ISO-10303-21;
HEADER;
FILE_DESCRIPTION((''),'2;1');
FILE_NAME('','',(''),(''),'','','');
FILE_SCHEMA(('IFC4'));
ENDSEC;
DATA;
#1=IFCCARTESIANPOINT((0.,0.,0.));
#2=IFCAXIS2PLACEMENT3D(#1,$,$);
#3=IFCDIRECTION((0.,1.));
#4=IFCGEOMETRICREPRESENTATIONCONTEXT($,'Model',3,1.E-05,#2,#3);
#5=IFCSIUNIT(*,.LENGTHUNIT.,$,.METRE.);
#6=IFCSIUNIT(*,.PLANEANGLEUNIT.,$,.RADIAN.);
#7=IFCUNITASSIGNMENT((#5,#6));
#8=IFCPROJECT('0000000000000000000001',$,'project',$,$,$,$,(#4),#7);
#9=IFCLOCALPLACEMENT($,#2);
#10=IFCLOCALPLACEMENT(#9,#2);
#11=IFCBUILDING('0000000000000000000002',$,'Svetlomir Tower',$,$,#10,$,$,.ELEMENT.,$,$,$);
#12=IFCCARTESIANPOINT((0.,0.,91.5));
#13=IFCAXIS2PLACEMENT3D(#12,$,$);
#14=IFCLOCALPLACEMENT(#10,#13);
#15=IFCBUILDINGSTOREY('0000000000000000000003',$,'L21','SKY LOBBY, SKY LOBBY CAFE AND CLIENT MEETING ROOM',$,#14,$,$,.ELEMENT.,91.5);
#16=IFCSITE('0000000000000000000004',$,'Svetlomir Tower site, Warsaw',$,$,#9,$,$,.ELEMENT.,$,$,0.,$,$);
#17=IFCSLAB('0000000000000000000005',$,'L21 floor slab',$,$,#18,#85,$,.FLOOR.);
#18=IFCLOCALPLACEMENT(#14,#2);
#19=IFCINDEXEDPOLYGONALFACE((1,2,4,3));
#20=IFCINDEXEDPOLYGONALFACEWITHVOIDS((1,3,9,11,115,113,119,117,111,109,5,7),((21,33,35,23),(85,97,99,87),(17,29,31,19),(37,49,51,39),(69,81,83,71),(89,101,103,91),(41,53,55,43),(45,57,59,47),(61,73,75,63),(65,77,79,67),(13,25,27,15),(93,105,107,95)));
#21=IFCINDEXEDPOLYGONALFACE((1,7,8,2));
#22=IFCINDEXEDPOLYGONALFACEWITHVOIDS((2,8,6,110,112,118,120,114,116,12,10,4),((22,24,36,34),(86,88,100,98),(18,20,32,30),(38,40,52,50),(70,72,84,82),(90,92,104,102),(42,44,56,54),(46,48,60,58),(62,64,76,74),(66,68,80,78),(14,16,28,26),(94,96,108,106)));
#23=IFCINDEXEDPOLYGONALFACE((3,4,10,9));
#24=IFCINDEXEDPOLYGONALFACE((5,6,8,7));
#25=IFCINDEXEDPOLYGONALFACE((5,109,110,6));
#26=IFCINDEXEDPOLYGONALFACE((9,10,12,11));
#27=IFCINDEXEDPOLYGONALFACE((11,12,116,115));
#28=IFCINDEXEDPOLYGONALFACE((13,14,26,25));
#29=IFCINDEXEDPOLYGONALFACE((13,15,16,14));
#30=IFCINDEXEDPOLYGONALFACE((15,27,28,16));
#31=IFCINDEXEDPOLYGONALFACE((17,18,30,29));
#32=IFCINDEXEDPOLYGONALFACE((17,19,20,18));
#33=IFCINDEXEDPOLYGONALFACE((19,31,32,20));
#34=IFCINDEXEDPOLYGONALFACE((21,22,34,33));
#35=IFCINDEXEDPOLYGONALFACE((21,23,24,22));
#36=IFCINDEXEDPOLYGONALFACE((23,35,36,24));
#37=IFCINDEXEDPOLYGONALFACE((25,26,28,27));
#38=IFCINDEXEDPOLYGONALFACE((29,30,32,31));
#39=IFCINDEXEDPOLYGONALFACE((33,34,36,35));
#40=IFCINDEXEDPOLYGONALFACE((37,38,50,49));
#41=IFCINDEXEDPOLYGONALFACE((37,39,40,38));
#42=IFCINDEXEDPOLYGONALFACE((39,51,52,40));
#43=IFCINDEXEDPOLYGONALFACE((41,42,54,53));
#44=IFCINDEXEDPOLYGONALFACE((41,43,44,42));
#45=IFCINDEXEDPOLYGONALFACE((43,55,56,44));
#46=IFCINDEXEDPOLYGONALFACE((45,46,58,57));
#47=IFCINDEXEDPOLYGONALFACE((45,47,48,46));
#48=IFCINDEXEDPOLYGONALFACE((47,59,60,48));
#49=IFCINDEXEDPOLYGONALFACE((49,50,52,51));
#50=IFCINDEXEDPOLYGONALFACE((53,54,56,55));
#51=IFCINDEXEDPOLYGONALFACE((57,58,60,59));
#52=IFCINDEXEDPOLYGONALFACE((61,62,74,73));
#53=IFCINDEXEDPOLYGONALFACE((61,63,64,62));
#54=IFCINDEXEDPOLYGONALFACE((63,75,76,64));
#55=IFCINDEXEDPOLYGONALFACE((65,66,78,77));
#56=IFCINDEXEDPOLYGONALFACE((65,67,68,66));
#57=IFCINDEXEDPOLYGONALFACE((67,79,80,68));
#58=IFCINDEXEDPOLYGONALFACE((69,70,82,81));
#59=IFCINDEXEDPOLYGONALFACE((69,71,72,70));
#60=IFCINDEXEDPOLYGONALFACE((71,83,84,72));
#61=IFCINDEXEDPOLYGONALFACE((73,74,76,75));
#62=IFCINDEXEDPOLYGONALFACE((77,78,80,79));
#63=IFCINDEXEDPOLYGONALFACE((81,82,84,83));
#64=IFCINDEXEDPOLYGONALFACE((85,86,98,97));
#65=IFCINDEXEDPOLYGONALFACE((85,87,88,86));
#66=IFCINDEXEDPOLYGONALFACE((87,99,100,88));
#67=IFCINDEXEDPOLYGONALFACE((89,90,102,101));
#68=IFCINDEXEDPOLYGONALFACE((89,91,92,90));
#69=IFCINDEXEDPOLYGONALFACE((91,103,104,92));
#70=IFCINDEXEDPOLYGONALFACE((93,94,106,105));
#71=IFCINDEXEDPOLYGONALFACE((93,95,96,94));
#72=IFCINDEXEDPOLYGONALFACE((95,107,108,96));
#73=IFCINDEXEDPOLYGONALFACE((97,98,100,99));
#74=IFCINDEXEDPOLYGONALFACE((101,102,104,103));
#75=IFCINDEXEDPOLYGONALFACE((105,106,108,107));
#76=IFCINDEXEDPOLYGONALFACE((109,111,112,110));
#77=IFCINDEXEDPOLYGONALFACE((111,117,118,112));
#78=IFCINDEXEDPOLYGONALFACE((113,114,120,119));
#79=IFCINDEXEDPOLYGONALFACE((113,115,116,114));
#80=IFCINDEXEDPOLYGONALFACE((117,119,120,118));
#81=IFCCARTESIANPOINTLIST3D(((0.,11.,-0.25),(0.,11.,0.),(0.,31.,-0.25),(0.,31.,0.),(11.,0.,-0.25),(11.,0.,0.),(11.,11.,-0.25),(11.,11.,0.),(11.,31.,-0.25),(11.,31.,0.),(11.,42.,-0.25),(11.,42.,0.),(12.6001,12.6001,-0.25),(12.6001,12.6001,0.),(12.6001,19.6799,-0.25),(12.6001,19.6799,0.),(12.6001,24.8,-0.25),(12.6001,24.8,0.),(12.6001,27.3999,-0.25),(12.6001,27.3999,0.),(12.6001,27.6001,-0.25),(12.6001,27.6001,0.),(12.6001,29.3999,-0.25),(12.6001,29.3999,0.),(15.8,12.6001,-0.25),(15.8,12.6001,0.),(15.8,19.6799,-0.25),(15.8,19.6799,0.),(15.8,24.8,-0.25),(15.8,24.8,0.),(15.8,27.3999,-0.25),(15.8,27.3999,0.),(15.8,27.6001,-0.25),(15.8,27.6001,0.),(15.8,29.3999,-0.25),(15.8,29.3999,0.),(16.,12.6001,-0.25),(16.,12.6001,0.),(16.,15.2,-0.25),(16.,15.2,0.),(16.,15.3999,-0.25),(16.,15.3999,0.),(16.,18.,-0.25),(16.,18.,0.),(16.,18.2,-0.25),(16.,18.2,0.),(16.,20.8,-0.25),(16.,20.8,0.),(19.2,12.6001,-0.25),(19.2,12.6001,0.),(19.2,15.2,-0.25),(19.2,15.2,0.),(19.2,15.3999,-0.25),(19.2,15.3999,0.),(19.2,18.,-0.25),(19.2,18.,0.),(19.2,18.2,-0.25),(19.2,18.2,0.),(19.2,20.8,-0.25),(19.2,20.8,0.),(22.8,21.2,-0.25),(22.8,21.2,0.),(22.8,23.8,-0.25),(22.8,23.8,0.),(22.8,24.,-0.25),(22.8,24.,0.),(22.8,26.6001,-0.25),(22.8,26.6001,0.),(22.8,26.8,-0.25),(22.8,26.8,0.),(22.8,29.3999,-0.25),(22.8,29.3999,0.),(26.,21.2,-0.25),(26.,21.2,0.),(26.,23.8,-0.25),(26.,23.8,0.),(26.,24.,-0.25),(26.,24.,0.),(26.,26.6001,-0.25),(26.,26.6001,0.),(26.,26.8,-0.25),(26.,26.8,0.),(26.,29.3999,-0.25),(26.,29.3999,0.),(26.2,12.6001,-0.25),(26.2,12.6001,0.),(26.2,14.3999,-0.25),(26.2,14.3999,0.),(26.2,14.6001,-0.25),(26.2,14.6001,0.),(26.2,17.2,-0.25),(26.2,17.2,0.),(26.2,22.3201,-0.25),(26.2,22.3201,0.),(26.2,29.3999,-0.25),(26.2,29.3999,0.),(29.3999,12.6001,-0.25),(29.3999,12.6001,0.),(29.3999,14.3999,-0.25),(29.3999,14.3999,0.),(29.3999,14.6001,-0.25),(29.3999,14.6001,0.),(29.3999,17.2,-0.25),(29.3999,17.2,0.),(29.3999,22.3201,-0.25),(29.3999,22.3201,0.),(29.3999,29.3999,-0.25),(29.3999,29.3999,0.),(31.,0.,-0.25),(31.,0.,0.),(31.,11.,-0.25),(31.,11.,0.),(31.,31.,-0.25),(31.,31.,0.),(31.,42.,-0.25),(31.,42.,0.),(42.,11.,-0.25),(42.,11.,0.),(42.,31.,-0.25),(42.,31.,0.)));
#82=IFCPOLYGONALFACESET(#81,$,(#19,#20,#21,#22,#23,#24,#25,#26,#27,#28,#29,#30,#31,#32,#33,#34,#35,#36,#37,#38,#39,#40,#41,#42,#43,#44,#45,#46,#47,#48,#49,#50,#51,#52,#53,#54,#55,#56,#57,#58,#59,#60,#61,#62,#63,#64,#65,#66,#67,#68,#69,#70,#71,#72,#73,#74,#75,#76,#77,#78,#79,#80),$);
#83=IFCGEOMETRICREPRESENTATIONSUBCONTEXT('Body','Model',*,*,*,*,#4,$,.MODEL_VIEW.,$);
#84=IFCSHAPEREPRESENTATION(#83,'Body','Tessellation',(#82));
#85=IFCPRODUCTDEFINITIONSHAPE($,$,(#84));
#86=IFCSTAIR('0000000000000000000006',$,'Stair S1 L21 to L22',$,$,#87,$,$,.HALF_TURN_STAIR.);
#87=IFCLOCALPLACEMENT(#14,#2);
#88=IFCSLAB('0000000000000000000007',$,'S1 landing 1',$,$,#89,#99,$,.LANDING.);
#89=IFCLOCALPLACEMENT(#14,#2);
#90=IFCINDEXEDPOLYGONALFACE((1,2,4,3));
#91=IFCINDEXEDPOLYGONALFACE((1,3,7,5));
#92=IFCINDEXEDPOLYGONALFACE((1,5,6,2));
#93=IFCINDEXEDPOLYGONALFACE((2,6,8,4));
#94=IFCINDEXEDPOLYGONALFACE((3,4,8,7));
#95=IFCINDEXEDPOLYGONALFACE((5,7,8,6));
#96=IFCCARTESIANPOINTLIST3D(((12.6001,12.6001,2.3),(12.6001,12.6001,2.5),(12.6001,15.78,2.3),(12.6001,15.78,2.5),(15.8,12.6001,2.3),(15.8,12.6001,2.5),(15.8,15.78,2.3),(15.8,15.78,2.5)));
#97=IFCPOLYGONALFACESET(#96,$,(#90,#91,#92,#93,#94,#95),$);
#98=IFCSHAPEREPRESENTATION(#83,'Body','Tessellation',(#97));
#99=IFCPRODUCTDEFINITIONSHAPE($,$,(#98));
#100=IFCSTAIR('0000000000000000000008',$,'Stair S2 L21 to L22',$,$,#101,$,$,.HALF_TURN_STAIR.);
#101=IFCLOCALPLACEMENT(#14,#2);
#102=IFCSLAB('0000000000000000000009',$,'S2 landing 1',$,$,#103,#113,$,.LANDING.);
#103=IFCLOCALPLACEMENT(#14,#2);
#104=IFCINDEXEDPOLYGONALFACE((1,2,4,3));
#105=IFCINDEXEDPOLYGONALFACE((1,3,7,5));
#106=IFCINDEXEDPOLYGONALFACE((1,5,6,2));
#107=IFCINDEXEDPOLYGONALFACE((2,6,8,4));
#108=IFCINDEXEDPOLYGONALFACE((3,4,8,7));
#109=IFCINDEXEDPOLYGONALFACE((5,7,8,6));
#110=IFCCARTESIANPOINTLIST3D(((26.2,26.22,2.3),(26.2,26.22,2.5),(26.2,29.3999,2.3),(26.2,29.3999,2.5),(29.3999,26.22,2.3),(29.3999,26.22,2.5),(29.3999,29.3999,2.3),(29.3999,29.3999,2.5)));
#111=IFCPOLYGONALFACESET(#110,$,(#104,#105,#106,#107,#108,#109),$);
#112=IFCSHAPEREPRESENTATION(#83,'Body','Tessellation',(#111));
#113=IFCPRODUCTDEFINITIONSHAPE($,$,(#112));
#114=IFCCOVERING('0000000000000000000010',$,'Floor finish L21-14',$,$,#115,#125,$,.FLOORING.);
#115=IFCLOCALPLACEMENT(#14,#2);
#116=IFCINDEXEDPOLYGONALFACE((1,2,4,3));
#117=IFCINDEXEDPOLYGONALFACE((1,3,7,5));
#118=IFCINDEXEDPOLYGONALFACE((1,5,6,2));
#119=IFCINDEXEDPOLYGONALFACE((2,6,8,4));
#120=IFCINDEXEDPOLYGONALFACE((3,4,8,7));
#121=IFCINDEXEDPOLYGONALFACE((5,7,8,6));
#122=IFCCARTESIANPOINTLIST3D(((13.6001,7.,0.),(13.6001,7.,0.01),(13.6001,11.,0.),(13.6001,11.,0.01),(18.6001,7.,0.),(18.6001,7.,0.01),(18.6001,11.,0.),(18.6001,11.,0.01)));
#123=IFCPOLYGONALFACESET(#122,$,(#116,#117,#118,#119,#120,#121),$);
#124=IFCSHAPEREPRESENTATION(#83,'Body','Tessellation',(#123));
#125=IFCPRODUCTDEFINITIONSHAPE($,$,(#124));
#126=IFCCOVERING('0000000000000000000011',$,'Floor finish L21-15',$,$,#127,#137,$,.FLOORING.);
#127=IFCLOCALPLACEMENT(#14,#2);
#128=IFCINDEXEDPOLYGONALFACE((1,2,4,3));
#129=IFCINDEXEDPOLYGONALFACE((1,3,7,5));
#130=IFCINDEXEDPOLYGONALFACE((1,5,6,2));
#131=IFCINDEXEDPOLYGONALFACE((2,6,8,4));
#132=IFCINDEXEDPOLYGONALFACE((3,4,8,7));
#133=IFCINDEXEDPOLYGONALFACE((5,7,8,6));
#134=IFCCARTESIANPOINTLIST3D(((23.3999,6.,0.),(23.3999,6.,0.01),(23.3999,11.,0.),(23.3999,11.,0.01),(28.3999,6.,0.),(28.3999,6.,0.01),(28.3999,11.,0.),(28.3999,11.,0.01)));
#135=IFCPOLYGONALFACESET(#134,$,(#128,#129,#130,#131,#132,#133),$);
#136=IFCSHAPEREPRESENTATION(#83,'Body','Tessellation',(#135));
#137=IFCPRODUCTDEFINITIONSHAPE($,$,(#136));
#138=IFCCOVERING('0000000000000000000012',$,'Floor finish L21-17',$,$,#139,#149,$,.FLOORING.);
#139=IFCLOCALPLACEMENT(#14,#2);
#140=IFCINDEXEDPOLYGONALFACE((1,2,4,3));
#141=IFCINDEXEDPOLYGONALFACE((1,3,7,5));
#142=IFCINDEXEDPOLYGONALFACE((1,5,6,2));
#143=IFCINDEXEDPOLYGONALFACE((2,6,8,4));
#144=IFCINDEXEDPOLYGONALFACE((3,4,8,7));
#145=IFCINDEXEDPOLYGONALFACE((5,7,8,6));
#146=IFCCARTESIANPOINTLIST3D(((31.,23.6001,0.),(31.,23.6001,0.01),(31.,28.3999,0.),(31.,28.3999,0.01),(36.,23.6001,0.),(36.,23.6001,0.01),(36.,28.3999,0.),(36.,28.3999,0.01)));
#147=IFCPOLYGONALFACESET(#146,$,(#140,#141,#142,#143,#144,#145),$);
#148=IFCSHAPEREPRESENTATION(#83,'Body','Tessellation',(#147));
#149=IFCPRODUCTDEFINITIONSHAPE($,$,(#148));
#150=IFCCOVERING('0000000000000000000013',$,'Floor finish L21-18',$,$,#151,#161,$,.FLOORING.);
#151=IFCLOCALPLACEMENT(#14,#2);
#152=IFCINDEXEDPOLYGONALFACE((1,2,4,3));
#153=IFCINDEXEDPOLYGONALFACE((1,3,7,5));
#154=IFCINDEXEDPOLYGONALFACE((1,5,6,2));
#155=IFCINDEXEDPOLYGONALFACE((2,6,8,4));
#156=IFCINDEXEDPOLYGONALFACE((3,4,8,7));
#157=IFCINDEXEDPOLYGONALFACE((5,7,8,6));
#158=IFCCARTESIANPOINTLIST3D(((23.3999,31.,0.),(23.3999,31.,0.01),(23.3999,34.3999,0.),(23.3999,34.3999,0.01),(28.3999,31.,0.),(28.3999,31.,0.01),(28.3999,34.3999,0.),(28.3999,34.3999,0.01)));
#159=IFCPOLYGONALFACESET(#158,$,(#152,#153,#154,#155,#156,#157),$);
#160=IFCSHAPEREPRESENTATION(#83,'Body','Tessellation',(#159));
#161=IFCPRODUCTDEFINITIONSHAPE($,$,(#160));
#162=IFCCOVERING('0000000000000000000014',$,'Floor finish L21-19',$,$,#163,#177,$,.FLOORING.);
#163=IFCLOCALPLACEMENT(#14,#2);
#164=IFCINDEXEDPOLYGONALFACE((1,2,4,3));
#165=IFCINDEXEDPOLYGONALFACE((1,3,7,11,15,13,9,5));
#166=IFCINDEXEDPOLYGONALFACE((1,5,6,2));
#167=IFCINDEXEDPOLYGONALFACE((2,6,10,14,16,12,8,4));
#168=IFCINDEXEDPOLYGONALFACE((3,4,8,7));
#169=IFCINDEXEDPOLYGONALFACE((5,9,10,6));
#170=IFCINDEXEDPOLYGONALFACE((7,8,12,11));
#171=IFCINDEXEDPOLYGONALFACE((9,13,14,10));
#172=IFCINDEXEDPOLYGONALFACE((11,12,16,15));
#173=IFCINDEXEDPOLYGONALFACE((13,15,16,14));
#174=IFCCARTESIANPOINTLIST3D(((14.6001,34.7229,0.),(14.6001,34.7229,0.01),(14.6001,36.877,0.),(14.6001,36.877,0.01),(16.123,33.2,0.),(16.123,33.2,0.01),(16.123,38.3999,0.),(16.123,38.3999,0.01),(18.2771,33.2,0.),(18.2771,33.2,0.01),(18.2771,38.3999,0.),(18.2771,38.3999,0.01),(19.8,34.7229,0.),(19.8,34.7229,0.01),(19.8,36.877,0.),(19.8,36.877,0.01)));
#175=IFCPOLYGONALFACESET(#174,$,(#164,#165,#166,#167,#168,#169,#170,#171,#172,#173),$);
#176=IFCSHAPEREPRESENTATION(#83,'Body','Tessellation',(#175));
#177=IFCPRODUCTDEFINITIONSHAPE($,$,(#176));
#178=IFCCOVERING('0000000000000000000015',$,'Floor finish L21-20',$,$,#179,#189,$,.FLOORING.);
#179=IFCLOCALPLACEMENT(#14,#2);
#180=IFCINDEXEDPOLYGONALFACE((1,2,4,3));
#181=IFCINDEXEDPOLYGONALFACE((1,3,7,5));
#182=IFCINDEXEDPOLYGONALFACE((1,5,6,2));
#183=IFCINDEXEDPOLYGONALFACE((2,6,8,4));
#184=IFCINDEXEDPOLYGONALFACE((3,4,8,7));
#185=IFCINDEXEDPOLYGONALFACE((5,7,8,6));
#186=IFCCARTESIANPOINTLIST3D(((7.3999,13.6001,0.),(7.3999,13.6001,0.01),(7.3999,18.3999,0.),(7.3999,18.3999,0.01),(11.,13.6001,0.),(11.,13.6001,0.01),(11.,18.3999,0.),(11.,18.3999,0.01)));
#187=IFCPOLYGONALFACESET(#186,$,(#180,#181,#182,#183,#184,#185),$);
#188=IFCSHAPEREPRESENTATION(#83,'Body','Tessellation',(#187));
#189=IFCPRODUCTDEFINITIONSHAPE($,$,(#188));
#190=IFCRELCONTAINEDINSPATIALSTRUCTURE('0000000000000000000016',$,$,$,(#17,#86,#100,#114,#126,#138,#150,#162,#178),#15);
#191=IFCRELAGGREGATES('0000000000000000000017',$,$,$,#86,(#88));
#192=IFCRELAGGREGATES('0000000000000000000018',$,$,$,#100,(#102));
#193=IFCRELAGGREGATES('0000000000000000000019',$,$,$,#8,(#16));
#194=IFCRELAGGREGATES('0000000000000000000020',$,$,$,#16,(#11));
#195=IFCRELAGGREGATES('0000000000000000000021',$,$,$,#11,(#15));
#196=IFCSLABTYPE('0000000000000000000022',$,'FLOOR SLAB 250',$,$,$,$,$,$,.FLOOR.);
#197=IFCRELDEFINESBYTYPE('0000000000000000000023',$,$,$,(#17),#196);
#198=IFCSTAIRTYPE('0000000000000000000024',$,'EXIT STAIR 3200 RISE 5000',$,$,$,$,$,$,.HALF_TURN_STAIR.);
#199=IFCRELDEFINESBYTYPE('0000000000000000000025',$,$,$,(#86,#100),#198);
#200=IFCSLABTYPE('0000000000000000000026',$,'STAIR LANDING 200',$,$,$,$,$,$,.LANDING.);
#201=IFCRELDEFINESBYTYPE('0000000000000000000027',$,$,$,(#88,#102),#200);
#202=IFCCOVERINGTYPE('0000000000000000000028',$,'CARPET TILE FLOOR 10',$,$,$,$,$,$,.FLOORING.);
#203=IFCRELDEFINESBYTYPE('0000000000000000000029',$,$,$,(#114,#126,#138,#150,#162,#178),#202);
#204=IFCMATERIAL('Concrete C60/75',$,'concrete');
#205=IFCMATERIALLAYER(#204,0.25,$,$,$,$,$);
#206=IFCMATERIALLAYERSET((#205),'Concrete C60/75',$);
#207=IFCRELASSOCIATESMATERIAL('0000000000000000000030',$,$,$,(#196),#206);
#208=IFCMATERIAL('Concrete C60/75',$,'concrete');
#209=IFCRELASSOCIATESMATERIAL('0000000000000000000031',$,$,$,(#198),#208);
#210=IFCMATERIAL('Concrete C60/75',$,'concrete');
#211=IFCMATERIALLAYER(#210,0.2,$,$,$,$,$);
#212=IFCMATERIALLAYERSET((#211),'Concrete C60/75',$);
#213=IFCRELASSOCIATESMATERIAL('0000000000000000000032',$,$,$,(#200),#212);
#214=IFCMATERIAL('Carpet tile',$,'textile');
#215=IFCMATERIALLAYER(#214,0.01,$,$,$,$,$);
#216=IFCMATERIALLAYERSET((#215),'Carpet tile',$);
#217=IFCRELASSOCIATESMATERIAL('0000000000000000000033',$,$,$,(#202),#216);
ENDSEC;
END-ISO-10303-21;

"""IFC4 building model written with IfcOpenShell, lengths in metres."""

from ifc_helpers import new_model, si_unit, direction, frame, origin, place, context, subcontext, project, spatial, polyline, outline, extrude, material, layer, layer_set, type_object, element, aggregate, save


model = new_model("IFC4")

# Units and contexts
model_context = context("Model", 3, precision=1e-05, world=origin(), true_north=direction((0.0, 1.0)))
body_context = subcontext(model_context, "Body", "Model", "MODEL_VIEW")
ifc_project = project(units=[si_unit("LENGTHUNIT", "METRE"), si_unit("PLANEANGLEUNIT", "RADIAN")], contexts=[model_context])

# Site, building, storey
site_placement = place(None, origin())
site = spatial("IfcSite", under=ifc_project, at=site_placement, Name="Svetlomir Tower site, Warsaw", CompositionType="ELEMENT", RefElevation=0.0)
building_placement = place(site_placement, origin())
building = spatial("IfcBuilding", under=site, at=building_placement, Name="Svetlomir Tower", CompositionType="ELEMENT")
storey_placement = place(building_placement, frame((0.0, 0.0, 91.5)))
storey = spatial("IfcBuildingStorey", under=building, at=storey_placement, Name="L21", Description="SKY LOBBY, SKY LOBBY CAFE AND CLIENT MEETING ROOM", CompositionType="ELEMENT", Elevation=91.5)

# Slab
ifc_material_1 = material(Name="Concrete C60/75", Category="concrete")
ifc_layer_1 = layer(ifc_material_1, 0.25)
ifc_layer_set_1 = layer_set([ifc_layer_1], Name="Concrete C60/75")
slab_type_1 = type_object("IfcSlabType", Name="FLOOR SLAB 250", PredefinedType="FLOOR", material=ifc_layer_set_1)
slab_1_placement = place(storey_placement, frame((0.0, 0.0, -0.25)))
element("IfcSlab", 1, at=slab_1_placement, inside=storey, type_object=slab_type_1, Name="L21 floor slab", PredefinedType="FLOOR", context=body_context, shape_type="SweptSolid", body=[
    extrude(outline(polyline([(11.0, 0.0), (31.0, 0.0), (31.0, 11.0), (42.0, 11.0), (42.0, 31.0), (31.0, 31.0), (31.0, 42.0), (11.0, 42.0), (11.0, 31.0), (0.0, 31.0), (0.0, 11.0), (11.0, 11.0), (11.0, 0.0)]), holes=[polyline([(12.6001, 24.8), (15.8, 24.8), (15.8, 27.3999), (12.6001, 27.3999), (12.6001, 24.8)]), polyline([(26.2, 14.6001), (29.3999, 14.6001), (29.3999, 17.2), (26.2, 17.2), (26.2, 14.6001)]), polyline([(16.0, 12.6001), (19.2, 12.6001), (19.2, 15.2), (16.0, 15.2), (16.0, 12.6001)]), polyline([(16.0, 15.3999), (19.2, 15.3999), (19.2, 18.0), (16.0, 18.0), (16.0, 15.3999)]), polyline([(16.0, 18.2), (19.2, 18.2), (19.2, 20.8), (16.0, 20.8), (16.0, 18.2)]), polyline([(22.8, 21.2), (26.0, 21.2), (26.0, 23.8), (22.8, 23.8), (22.8, 21.2)]), polyline([(22.8, 24.0), (26.0, 24.0), (26.0, 26.6001), (22.8, 26.6001), (22.8, 24.0)]), polyline([(22.8, 26.8), (26.0, 26.8), (26.0, 29.3999), (22.8, 29.3999), (22.8, 26.8)]), polyline([(12.6001, 27.6001), (15.8, 27.6001), (15.8, 29.3999), (12.6001, 29.3999), (12.6001, 27.6001)]), polyline([(26.2, 12.6001), (29.3999, 12.6001), (29.3999, 14.3999), (26.2, 14.3999), (26.2, 12.6001)]), polyline([(12.6001, 12.6001), (15.8, 12.6001), (15.8, 19.6799), (12.6001, 19.6799), (12.6001, 12.6001)]), polyline([(26.2, 22.3201), (29.3999, 22.3201), (29.3999, 29.3999), (26.2, 29.3999), (26.2, 22.3201)])]), origin(), (0.0, 0.0, 1.0), 0.25),
])

# Stairs, slabs
ifc_material_2 = material(Name="Concrete C60/75", Category="concrete")
stair_type = type_object("IfcStairType", Name="EXIT STAIR 3200 RISE 5000", PredefinedType="HALF_TURN_STAIR", material=ifc_material_2)
stair_1_placement = place(storey_placement, origin())
stair_1 = element("IfcStair", 2, at=stair_1_placement, inside=storey, type_object=stair_type, Name="Stair S1 L21 to L22", PredefinedType="HALF_TURN_STAIR")
ifc_material_3 = material(Name="Concrete C60/75", Category="concrete")
ifc_layer_2 = layer(ifc_material_3, 0.2)
ifc_layer_set_2 = layer_set([ifc_layer_2], Name="Concrete C60/75")
slab_type_2 = type_object("IfcSlabType", Name="STAIR LANDING 200", PredefinedType="LANDING", material=ifc_layer_set_2)
slab_2_placement = place(storey_placement, frame((0.0, 0.0, 2.3)))
slab_2 = element("IfcSlab", 3, at=slab_2_placement, type_object=slab_type_2, Name="S1 landing 1", PredefinedType="LANDING", context=body_context, shape_type="SweptSolid", body=[
    extrude(outline(polyline([(12.6001, 12.6001), (15.8, 12.6001), (15.8, 15.78), (12.6001, 15.78), (12.6001, 12.6001)])), origin(), (0.0, 0.0, 1.0), 0.2),
])
aggregate(stair_1, [slab_2])
stair_2_placement = place(storey_placement, origin())
stair_2 = element("IfcStair", 4, at=stair_2_placement, inside=storey, type_object=stair_type, Name="Stair S2 L21 to L22", PredefinedType="HALF_TURN_STAIR")
slab_3_placement = place(storey_placement, frame((0.0, 0.0, 2.3)))
slab_3 = element("IfcSlab", 5, at=slab_3_placement, type_object=slab_type_2, Name="S2 landing 1", PredefinedType="LANDING", context=body_context, shape_type="SweptSolid", body=[
    extrude(outline(polyline([(26.2, 26.22), (29.3999, 26.22), (29.3999, 29.3999), (26.2, 29.3999), (26.2, 26.22)])), origin(), (0.0, 0.0, 1.0), 0.2),
])
aggregate(stair_2, [slab_3])

# Coverings
ifc_material_4 = material(Name="Carpet tile", Category="textile")
ifc_layer_3 = layer(ifc_material_4, 0.01)
ifc_layer_set_3 = layer_set([ifc_layer_3], Name="Carpet tile")
covering_type_1 = type_object("IfcCoveringType", Name="CARPET TILE FLOOR 10", PredefinedType="FLOORING", material=ifc_layer_set_3)
covering_1_placement = place(storey_placement, origin())
element("IfcCovering", 6, at=covering_1_placement, inside=storey, type_object=covering_type_1, Name="Floor finish L21-14", PredefinedType="FLOORING", context=body_context, shape_type="SweptSolid", body=[
    extrude(outline(polyline([(13.6001, 7.0), (18.6001, 7.0), (18.6001, 11.0), (13.6001, 11.0), (13.6001, 7.0)])), origin(), (0.0, 0.0, 1.0), 0.01),
])
covering_2_placement = place(storey_placement, origin())
element("IfcCovering", 7, at=covering_2_placement, inside=storey, type_object=covering_type_1, Name="Floor finish L21-15", PredefinedType="FLOORING", context=body_context, shape_type="SweptSolid", body=[
    extrude(outline(polyline([(23.3999, 6.0), (28.3999, 6.0), (28.3999, 11.0), (23.3999, 11.0), (23.3999, 6.0)])), origin(), (0.0, 0.0, 1.0), 0.01),
])
covering_3_placement = place(storey_placement, origin())
element("IfcCovering", 8, at=covering_3_placement, inside=storey, type_object=covering_type_1, Name="Floor finish L21-17", PredefinedType="FLOORING", context=body_context, shape_type="SweptSolid", body=[
    extrude(outline(polyline([(31.0, 23.6001), (36.0, 23.6001), (36.0, 28.3999), (31.0, 28.3999), (31.0, 23.6001)])), origin(), (0.0, 0.0, 1.0), 0.01),
])
covering_4_placement = place(storey_placement, origin())
element("IfcCovering", 9, at=covering_4_placement, inside=storey, type_object=covering_type_1, Name="Floor finish L21-18", PredefinedType="FLOORING", context=body_context, shape_type="SweptSolid", body=[
    extrude(outline(polyline([(23.3999, 31.0), (28.3999, 31.0), (28.3999, 34.3999), (23.3999, 34.3999), (23.3999, 31.0)])), origin(), (0.0, 0.0, 1.0), 0.01),
])
covering_5_placement = place(storey_placement, origin())
element("IfcCovering", 10, at=covering_5_placement, inside=storey, type_object=covering_type_1, Name="Floor finish L21-19", PredefinedType="FLOORING", context=body_context, shape_type="SweptSolid", body=[
    extrude(outline(polyline([(16.123, 33.2), (18.2771, 33.2), (19.8, 34.7229), (19.8, 36.877), (18.2771, 38.3999), (16.123, 38.3999), (14.6001, 36.877), (14.6001, 34.7229), (16.123, 33.2)])), origin(), (0.0, 0.0, 1.0), 0.01),
])
covering_6_placement = place(storey_placement, origin())
element("IfcCovering", 11, at=covering_6_placement, inside=storey, type_object=covering_type_1, Name="Floor finish L21-20", PredefinedType="FLOORING", context=body_context, shape_type="SweptSolid", body=[
    extrude(outline(polyline([(7.3999, 13.6001), (11.0, 13.6001), (11.0, 18.3999), (7.3999, 18.3999), (7.3999, 13.6001)])), origin(), (0.0, 0.0, 1.0), 0.01),
])

save(model, "model.ifc")
